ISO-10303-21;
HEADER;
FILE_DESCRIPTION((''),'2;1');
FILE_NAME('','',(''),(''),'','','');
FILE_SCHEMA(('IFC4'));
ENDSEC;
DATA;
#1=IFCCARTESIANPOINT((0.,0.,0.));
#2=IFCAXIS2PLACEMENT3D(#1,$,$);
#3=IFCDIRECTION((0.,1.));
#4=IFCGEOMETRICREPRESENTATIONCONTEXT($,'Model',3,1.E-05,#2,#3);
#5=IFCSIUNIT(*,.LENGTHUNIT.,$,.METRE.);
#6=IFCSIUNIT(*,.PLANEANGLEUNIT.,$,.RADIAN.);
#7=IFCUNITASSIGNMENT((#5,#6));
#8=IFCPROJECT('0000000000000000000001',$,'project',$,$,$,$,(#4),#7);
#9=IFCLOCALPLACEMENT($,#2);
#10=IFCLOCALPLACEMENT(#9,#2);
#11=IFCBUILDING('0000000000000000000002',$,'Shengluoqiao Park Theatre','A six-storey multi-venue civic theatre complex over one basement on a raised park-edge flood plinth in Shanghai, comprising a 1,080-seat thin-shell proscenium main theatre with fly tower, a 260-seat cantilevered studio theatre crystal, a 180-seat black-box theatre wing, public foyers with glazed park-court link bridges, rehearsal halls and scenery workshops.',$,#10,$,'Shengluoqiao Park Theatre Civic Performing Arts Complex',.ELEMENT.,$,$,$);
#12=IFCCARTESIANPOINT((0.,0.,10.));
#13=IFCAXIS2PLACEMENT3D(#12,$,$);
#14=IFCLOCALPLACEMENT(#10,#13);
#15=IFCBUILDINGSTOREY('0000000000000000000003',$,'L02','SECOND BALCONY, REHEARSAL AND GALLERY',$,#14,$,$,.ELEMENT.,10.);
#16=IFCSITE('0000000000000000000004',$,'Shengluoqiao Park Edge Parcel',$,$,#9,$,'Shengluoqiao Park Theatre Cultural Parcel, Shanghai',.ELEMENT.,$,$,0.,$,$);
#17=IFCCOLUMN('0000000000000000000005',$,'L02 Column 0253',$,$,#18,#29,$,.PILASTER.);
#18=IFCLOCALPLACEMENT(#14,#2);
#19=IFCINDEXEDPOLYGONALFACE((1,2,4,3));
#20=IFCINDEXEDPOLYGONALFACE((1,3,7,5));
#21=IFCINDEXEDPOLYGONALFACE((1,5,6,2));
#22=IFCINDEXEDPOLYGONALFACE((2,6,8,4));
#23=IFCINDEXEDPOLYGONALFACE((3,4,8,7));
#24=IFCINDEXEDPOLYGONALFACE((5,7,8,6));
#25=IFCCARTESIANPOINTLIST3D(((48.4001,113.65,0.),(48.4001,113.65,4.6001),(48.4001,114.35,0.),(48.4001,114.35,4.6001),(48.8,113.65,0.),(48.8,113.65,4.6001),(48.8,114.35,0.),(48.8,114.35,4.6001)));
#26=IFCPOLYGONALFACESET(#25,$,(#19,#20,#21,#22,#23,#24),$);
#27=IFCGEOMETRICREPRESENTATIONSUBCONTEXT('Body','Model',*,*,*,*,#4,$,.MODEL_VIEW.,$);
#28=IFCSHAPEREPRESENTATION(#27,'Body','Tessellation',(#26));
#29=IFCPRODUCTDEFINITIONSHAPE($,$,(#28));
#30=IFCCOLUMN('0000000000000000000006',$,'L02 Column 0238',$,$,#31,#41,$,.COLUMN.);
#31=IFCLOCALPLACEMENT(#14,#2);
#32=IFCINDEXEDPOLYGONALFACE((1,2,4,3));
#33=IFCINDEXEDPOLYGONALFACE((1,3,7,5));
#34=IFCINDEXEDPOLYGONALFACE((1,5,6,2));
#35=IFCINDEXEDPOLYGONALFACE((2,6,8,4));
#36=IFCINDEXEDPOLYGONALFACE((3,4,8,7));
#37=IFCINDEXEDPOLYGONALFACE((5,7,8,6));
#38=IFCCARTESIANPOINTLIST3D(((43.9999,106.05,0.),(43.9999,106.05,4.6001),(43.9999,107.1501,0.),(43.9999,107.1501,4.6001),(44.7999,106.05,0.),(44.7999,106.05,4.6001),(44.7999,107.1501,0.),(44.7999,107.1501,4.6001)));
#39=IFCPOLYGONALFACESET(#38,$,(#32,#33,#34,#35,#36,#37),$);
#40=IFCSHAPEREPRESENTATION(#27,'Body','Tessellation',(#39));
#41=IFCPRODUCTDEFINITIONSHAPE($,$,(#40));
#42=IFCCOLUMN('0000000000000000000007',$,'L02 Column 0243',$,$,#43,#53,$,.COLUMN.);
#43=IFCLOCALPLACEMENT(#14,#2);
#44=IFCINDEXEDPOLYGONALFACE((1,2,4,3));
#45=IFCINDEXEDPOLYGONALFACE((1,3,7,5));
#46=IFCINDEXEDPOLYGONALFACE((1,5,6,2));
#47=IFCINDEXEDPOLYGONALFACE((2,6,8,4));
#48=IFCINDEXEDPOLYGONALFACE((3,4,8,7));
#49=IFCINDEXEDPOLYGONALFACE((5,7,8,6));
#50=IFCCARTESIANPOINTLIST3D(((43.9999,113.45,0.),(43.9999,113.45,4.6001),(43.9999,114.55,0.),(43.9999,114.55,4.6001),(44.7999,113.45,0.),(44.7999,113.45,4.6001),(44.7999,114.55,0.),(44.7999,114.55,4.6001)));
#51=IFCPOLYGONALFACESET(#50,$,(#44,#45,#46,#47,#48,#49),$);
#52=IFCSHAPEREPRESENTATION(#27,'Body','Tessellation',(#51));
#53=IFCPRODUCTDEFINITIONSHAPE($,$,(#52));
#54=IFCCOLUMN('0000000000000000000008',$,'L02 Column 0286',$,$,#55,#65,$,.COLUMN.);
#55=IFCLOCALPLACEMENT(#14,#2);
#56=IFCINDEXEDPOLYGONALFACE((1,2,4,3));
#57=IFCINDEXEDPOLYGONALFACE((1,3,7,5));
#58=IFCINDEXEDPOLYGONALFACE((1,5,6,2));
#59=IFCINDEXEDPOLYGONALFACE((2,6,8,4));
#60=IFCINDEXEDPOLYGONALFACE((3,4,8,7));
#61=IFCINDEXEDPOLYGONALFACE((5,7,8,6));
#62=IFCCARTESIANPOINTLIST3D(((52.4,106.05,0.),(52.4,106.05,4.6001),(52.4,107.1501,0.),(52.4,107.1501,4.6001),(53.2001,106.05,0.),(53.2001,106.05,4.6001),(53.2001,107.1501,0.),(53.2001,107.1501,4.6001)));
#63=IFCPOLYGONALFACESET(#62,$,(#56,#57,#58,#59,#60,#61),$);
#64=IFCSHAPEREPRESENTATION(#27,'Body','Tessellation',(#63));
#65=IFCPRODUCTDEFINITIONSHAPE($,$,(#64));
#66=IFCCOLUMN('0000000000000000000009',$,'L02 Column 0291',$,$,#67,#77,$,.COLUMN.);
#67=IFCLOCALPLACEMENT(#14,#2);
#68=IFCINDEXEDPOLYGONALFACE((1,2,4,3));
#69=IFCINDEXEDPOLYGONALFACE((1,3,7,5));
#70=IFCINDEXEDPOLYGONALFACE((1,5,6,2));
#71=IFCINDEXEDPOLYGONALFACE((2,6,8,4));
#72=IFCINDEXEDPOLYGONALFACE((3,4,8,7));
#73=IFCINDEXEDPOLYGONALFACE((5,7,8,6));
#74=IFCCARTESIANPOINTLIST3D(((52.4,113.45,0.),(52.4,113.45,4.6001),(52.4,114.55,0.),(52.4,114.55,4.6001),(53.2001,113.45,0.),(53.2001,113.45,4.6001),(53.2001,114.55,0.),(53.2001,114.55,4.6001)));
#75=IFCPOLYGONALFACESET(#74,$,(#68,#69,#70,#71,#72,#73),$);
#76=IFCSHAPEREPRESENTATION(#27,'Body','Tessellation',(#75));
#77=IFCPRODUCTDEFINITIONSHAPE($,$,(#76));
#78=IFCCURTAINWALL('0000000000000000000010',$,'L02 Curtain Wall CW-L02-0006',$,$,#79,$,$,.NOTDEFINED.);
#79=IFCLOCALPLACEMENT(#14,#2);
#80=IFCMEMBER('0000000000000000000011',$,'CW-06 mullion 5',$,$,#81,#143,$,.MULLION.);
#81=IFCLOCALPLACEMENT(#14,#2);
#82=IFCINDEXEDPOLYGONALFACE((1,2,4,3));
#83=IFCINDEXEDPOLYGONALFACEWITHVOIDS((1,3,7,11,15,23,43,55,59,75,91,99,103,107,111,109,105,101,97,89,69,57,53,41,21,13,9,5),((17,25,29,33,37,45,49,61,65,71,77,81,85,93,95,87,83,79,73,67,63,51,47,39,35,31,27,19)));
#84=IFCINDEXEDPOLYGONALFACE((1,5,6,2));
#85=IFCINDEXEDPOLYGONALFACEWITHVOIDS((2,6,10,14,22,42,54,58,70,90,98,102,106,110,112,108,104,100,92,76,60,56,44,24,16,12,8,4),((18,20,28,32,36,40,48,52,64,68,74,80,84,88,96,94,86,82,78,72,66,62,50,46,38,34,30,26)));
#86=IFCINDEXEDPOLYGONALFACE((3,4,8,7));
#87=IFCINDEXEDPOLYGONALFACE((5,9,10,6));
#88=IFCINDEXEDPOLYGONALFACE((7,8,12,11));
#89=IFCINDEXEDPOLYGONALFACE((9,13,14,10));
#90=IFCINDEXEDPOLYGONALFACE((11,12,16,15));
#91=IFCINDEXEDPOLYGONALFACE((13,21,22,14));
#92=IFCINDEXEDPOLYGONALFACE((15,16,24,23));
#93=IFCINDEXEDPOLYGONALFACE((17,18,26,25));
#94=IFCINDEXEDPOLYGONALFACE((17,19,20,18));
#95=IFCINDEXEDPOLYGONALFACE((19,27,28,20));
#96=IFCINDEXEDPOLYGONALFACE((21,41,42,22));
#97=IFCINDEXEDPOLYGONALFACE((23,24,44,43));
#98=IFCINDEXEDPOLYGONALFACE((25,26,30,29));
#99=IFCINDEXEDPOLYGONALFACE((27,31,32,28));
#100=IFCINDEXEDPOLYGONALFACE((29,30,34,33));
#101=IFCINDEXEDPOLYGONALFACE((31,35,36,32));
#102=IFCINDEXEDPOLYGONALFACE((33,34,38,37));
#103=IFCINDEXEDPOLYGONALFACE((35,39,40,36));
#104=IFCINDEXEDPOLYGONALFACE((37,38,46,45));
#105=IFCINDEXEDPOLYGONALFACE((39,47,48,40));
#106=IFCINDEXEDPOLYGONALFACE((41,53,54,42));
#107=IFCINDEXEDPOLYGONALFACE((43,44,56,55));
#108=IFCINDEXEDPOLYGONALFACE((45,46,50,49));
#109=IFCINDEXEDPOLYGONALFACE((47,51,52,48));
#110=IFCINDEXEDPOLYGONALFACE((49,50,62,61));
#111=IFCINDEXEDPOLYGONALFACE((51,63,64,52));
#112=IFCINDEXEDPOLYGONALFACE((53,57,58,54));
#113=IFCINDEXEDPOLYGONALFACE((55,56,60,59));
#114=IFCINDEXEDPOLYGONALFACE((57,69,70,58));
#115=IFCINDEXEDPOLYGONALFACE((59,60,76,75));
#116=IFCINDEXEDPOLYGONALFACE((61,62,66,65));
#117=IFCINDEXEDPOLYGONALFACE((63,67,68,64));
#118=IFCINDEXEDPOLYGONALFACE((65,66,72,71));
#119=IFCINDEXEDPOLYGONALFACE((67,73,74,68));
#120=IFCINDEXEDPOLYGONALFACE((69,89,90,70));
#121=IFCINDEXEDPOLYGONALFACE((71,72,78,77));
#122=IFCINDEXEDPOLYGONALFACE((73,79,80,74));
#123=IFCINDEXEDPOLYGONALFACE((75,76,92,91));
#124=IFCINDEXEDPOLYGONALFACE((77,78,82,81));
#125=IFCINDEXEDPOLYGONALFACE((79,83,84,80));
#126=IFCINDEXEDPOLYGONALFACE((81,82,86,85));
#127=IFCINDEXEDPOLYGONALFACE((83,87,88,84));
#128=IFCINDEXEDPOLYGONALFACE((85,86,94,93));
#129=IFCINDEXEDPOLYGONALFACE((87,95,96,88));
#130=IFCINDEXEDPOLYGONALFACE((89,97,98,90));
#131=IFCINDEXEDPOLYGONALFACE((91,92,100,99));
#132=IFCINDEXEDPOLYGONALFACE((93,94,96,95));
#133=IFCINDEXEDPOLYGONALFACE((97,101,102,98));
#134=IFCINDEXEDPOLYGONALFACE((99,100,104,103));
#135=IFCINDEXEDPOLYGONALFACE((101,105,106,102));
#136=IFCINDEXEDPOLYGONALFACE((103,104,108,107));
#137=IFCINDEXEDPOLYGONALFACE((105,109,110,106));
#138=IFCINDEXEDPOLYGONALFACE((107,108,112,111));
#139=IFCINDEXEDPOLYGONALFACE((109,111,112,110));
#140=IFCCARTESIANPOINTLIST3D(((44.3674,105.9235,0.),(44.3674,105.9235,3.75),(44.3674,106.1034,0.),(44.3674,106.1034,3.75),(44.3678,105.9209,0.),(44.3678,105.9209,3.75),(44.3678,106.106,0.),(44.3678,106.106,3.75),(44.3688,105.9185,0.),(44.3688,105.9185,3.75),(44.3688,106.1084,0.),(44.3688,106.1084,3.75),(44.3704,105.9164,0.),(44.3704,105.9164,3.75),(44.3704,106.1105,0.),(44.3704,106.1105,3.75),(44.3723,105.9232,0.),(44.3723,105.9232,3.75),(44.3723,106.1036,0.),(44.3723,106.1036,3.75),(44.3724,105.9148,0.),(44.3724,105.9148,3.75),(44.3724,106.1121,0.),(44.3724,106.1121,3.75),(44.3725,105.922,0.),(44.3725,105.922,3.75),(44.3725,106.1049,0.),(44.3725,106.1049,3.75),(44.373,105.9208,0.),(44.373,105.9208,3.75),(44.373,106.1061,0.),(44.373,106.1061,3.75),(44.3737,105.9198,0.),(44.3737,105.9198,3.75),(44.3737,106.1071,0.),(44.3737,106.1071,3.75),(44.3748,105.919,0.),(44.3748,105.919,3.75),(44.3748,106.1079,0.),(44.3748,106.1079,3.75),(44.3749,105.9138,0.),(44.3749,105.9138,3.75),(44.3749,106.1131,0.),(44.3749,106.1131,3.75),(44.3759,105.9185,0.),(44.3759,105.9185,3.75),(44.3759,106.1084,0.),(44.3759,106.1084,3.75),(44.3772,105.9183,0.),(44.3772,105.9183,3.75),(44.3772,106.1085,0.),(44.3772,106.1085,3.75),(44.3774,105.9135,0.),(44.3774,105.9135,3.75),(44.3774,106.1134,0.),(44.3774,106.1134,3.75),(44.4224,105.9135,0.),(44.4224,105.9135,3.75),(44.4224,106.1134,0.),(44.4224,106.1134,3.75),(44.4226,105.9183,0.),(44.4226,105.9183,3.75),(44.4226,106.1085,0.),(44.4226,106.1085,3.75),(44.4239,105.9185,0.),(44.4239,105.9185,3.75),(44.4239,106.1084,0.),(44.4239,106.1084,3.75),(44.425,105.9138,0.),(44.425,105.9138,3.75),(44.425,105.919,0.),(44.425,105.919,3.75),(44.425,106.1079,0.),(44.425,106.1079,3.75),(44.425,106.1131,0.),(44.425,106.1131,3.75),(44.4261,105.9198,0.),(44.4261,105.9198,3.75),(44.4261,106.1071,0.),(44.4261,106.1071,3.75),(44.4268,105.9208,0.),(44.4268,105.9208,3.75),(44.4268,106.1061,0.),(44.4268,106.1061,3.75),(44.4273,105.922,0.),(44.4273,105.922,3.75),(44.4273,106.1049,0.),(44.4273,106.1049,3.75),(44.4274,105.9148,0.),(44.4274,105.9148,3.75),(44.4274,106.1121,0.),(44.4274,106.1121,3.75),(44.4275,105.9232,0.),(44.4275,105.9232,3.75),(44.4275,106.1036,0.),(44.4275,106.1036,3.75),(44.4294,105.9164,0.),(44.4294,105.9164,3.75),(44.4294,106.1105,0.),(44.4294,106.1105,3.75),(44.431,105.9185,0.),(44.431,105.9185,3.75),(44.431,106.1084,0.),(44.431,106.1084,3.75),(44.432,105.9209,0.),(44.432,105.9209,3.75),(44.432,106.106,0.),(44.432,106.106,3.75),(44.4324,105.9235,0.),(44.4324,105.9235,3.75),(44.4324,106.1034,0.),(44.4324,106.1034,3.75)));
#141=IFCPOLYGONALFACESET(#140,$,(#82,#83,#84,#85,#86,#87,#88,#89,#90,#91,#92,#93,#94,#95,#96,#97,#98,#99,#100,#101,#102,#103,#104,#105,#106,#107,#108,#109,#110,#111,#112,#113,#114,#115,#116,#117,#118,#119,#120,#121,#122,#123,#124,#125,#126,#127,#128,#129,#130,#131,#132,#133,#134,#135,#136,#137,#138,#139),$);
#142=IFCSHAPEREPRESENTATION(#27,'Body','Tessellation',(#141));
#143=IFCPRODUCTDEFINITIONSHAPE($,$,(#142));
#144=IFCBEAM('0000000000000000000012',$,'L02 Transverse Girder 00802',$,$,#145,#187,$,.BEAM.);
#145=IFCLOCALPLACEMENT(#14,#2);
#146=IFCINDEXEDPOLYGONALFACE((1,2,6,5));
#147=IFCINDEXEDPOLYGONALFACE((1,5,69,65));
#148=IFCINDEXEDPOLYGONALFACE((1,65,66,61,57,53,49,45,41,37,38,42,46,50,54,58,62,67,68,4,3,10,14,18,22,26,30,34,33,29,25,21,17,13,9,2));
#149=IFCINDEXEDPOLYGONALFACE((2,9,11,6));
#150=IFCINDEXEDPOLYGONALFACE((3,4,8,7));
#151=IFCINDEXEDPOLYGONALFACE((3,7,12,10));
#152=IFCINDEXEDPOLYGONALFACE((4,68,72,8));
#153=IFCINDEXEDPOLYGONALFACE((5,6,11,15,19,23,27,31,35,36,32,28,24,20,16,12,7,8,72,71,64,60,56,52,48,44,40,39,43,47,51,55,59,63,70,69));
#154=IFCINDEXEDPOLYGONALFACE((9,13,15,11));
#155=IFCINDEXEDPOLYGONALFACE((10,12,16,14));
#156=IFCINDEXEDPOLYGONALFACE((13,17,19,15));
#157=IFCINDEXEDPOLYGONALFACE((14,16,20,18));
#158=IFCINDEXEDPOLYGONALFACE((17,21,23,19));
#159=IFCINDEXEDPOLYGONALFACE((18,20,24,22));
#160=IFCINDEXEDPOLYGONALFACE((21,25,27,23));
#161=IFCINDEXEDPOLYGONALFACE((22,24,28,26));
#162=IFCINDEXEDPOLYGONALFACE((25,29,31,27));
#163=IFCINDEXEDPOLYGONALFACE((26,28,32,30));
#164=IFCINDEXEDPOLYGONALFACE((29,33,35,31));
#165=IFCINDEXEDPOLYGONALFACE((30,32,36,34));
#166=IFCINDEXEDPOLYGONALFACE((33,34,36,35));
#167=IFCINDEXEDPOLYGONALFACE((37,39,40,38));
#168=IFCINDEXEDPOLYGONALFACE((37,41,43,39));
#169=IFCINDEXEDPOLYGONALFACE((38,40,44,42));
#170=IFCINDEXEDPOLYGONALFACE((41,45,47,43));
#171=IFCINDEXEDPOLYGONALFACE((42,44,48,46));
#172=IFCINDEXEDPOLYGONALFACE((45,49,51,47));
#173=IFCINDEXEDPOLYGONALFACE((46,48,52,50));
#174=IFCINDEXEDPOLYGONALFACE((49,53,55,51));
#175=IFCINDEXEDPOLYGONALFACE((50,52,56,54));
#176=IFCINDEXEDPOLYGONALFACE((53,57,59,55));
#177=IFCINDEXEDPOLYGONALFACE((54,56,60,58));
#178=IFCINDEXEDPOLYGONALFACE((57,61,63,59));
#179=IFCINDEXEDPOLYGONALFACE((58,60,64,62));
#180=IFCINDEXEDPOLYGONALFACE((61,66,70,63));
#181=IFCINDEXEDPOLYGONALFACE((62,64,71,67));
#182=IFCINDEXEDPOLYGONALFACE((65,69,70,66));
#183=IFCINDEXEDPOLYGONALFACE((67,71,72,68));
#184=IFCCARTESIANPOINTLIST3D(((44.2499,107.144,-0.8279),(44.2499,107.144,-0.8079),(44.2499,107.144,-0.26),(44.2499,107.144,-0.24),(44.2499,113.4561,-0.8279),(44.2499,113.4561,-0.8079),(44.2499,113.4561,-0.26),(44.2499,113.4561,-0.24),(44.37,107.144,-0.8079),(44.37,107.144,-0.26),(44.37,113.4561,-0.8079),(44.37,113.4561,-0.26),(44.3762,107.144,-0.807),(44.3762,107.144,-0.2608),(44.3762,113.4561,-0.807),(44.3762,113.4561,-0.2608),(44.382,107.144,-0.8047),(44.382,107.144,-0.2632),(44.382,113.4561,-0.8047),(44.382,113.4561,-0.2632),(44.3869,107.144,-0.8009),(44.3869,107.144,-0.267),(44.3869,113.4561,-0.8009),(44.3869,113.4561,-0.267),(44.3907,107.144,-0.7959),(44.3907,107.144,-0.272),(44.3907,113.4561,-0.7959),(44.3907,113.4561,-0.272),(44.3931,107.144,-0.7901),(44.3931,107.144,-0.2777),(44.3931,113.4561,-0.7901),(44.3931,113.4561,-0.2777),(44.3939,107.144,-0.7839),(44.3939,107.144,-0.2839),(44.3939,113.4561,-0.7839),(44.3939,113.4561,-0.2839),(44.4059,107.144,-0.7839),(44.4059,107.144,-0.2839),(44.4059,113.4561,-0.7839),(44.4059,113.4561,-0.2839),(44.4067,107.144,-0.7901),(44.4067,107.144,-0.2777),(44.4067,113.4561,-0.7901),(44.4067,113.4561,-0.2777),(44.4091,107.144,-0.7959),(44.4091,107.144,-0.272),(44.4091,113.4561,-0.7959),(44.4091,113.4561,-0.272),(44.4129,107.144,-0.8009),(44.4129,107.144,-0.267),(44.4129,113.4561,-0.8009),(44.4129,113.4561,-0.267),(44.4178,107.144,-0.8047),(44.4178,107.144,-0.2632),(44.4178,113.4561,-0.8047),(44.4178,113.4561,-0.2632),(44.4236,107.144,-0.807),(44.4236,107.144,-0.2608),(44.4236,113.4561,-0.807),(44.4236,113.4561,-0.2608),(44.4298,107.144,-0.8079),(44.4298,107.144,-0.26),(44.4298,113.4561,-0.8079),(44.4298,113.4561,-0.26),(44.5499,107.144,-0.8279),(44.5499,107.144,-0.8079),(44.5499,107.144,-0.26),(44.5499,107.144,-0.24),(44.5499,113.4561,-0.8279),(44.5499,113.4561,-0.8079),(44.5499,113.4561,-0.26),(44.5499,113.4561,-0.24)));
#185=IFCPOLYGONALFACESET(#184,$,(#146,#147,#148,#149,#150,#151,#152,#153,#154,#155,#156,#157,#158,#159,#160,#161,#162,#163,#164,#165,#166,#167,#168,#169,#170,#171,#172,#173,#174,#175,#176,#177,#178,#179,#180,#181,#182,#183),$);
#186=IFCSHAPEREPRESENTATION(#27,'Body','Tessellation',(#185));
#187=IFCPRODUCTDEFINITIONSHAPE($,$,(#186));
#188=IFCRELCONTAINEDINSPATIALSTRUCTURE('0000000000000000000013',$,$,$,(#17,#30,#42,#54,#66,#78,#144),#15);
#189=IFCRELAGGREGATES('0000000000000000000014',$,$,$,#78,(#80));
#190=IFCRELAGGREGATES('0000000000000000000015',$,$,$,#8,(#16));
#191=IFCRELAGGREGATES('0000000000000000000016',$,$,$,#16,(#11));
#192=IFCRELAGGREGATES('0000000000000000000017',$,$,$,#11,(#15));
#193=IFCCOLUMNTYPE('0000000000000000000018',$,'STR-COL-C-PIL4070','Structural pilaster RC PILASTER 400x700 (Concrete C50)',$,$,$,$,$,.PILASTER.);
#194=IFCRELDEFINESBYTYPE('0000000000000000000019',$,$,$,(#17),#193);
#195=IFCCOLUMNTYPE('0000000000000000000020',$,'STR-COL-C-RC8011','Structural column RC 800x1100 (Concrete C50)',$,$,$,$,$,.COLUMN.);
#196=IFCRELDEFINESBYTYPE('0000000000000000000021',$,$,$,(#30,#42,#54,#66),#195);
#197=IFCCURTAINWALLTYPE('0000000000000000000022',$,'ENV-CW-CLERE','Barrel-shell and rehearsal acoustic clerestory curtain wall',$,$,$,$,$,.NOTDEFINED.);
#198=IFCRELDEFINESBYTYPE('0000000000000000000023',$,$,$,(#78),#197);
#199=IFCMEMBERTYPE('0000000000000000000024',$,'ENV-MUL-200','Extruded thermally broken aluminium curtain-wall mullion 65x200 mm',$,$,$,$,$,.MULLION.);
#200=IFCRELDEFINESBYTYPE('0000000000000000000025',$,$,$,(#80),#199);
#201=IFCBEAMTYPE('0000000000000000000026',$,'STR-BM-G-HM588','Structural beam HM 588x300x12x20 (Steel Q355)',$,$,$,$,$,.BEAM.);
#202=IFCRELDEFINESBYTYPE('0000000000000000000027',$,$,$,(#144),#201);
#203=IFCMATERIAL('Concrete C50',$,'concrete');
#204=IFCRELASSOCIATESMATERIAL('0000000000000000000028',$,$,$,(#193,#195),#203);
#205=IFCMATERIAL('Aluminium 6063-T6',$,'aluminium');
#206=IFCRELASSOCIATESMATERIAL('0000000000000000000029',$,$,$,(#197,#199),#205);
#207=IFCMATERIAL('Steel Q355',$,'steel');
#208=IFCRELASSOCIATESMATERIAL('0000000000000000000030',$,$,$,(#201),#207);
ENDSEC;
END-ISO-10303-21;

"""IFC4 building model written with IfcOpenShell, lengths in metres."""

from ifc_helpers import new_model, si_unit, direction, frame, origin, origin_2d, place, context, subcontext, project, spatial, rectangle, hollow_rectangle, i_section, extrude, material, material_profile, profile_set, type_object, element, aggregate, save


model = new_model("IFC4")

# Units and contexts
model_context = context("Model", 3, precision=1e-05, world=origin(), true_north=direction((0.0, 1.0)))
body_context = subcontext(model_context, "Body", "Model", "MODEL_VIEW")
ifc_project = project(units=[si_unit("LENGTHUNIT", "METRE"), si_unit("PLANEANGLEUNIT", "RADIAN")], contexts=[model_context])

# Site, building, storey
site_placement = place(None, origin())
site = spatial("IfcSite", under=ifc_project, at=site_placement, Name="Shengluoqiao Park Edge Parcel", LongName="Shengluoqiao Park Theatre Cultural Parcel, Shanghai", CompositionType="ELEMENT", RefElevation=0.0)
building_placement = place(site_placement, origin())
building = spatial("IfcBuilding", under=site, at=building_placement, Name="Shengluoqiao Park Theatre", Description="A six-storey multi-venue civic theatre complex over one basement on a raised park-edge flood plinth in Shanghai, comprising a 1,080-seat thin-shell proscenium main theatre with fly tower, a 260-seat cantilevered studio theatre crystal, a 180-seat black-box theatre wing, public foyers with glazed park-court link bridges, rehearsal halls and scenery workshops.", LongName="Shengluoqiao Park Theatre Civic Performing Arts Complex", CompositionType="ELEMENT")
storey_placement = place(building_placement, frame((0.0, 0.0, 10.0)))
storey = spatial("IfcBuildingStorey", under=building, at=storey_placement, Name="L02", Description="SECOND BALCONY, REHEARSAL AND GALLERY", CompositionType="ELEMENT", Elevation=10.0)

# Columns
ifc_material_1 = material(Name="Concrete C50", Category="concrete")
ifc_material_profile_1 = material_profile(ifc_material_1, rectangle(XDim=0.3999, YDim=0.7, at=origin_2d()), Name="RC PILASTER 400x700")
ifc_profile_set_1 = profile_set([ifc_material_profile_1], Name="Concrete C50")
column_type_1 = type_object("IfcColumnType", Name="STR-COL-C-PIL4070", Description="Structural pilaster RC PILASTER 400x700 (Concrete C50)", PredefinedType="PILASTER", material=ifc_profile_set_1)
column_placement = place(storey_placement, frame((48.6001, 114.0, 0.0), z_axis=(0.0, 0.0, 1.0), x_axis=(1.0, 0.0, 0.0)))
element("IfcColumn", 1, at=column_placement, inside=storey, type_object=column_type_1, Name="L02 Column 0253", PredefinedType="PILASTER", context=body_context, shape_type="SweptSolid", body=[
    extrude(rectangle(XDim=0.3999, YDim=0.7, at=origin_2d()), origin(), (0.0, 0.0, 1.0), 4.6001),
])
ifc_material_profile_2 = material_profile(ifc_material_1, rectangle(XDim=0.8, YDim=1.1001, at=origin_2d()), Name="RC 800x1100")
ifc_profile_set_2 = profile_set([ifc_material_profile_2], Name="Concrete C50")
column_type_2 = type_object("IfcColumnType", Name="STR-COL-C-RC8011", Description="Structural column RC 800x1100 (Concrete C50)", PredefinedType="COLUMN", material=ifc_profile_set_2)
for number, where, z_axis, x_axis, name in (
    (2, (44.3999, 106.6001, 0.0), (0.0, 0.0, 1.0), (1.0, 0.0, 0.0), "L02 Column 0238"),
    (3, (44.3999, 114.0, 0.0), (0.0, 0.0, 1.0), (1.0, 0.0, 0.0), "L02 Column 0243"),
    (4, (52.8, 106.6001, 0.0), (0.0, 0.0, 1.0), (1.0, 0.0, 0.0), "L02 Column 0286"),
    (5, (52.8, 114.0, 0.0), (0.0, 0.0, 1.0), (1.0, 0.0, 0.0), "L02 Column 0291"),
):
    element("IfcColumn", number, at=place(storey_placement, frame(where, z_axis=z_axis, x_axis=x_axis)), inside=storey, type_object=column_type_2, Name=name, PredefinedType="COLUMN", context=body_context, shape_type="SweptSolid", body=[
        extrude(rectangle(XDim=0.8, YDim=1.1001, at=origin_2d()), origin(), (0.0, 0.0, 1.0), 4.6001),
    ])

# Curtain wall, member
ifc_material_2 = material(Name="Aluminium 6063-T6", Category="aluminium")
curtain_wall_type = type_object("IfcCurtainWallType", Name="ENV-CW-CLERE", Description="Barrel-shell and rehearsal acoustic clerestory curtain wall", PredefinedType="NOTDEFINED", material=ifc_material_2)
curtain_wall_placement = place(storey_placement, origin())
curtain_wall = element("IfcCurtainWall", 6, at=curtain_wall_placement, inside=storey, type_object=curtain_wall_type, Name="L02 Curtain Wall CW-L02-0006", PredefinedType="NOTDEFINED")
ifc_material_profile_3 = material_profile(ifc_material_2, hollow_rectangle(XDim=0.0649, YDim=0.2, WallThickness=0.0049, InnerFilletRadius=0.0049, OuterFilletRadius=0.01, at=origin_2d()), Name="ALU MULLION 200x65x5")
ifc_profile_set_3 = profile_set([ifc_material_profile_3], Name="Aluminium 6063-T6")
member_type = type_object("IfcMemberType", Name="ENV-MUL-200", Description="Extruded thermally broken aluminium curtain-wall mullion 65x200 mm", PredefinedType="MULLION", material=ifc_profile_set_3)
member_placement = place(storey_placement, frame((44.3999, 106.0134, 0.0), z_axis=(0.0, 0.0, 1.0), x_axis=(-1.0, 0.0, 0.0)))
member = element("IfcMember", 7, at=member_placement, type_object=member_type, Name="CW-06 mullion 5", PredefinedType="MULLION", context=body_context, shape_type="SweptSolid", body=[
    extrude(hollow_rectangle(XDim=0.0649, YDim=0.2, WallThickness=0.0049, InnerFilletRadius=0.0049, OuterFilletRadius=0.01, at=origin_2d()), origin(), (0.0, 0.0, 1.0), 3.75),
])
aggregate(curtain_wall, [member])

# Beam
ifc_material_3 = material(Name="Steel Q355", Category="steel")
ifc_material_profile_4 = material_profile(ifc_material_3, i_section(OverallWidth=0.3, OverallDepth=0.5879, WebThickness=0.012, FlangeThickness=0.02, FilletRadius=0.0239, at=origin_2d()), Name="HM 588x300x12x20")
ifc_profile_set_4 = profile_set([ifc_material_profile_4], Name="Steel Q355")
beam_type_1 = type_object("IfcBeamType", Name="STR-BM-G-HM588", Description="Structural beam HM 588x300x12x20 (Steel Q355)", PredefinedType="BEAM", material=ifc_profile_set_4)
for number, where, z_axis, x_axis, name in (
    (8, (44.3999, 107.144, -0.5339), (0.0, 1.0, 0.0), (-1.0, 0.0, 0.0), "L02 Transverse Girder 00802"),
):
    element("IfcBeam", number, at=place(storey_placement, frame(where, z_axis=z_axis, x_axis=x_axis)), inside=storey, type_object=beam_type_1, Name=name, PredefinedType="BEAM", context=body_context, shape_type="SweptSolid", body=[
        extrude(i_section(OverallWidth=0.3, OverallDepth=0.5879, WebThickness=0.012, FlangeThickness=0.02, FilletRadius=0.0239, at=origin_2d()), origin(), (0.0, 0.0, 1.0), 6.312),
    ])

save(model, "model.ifc")
